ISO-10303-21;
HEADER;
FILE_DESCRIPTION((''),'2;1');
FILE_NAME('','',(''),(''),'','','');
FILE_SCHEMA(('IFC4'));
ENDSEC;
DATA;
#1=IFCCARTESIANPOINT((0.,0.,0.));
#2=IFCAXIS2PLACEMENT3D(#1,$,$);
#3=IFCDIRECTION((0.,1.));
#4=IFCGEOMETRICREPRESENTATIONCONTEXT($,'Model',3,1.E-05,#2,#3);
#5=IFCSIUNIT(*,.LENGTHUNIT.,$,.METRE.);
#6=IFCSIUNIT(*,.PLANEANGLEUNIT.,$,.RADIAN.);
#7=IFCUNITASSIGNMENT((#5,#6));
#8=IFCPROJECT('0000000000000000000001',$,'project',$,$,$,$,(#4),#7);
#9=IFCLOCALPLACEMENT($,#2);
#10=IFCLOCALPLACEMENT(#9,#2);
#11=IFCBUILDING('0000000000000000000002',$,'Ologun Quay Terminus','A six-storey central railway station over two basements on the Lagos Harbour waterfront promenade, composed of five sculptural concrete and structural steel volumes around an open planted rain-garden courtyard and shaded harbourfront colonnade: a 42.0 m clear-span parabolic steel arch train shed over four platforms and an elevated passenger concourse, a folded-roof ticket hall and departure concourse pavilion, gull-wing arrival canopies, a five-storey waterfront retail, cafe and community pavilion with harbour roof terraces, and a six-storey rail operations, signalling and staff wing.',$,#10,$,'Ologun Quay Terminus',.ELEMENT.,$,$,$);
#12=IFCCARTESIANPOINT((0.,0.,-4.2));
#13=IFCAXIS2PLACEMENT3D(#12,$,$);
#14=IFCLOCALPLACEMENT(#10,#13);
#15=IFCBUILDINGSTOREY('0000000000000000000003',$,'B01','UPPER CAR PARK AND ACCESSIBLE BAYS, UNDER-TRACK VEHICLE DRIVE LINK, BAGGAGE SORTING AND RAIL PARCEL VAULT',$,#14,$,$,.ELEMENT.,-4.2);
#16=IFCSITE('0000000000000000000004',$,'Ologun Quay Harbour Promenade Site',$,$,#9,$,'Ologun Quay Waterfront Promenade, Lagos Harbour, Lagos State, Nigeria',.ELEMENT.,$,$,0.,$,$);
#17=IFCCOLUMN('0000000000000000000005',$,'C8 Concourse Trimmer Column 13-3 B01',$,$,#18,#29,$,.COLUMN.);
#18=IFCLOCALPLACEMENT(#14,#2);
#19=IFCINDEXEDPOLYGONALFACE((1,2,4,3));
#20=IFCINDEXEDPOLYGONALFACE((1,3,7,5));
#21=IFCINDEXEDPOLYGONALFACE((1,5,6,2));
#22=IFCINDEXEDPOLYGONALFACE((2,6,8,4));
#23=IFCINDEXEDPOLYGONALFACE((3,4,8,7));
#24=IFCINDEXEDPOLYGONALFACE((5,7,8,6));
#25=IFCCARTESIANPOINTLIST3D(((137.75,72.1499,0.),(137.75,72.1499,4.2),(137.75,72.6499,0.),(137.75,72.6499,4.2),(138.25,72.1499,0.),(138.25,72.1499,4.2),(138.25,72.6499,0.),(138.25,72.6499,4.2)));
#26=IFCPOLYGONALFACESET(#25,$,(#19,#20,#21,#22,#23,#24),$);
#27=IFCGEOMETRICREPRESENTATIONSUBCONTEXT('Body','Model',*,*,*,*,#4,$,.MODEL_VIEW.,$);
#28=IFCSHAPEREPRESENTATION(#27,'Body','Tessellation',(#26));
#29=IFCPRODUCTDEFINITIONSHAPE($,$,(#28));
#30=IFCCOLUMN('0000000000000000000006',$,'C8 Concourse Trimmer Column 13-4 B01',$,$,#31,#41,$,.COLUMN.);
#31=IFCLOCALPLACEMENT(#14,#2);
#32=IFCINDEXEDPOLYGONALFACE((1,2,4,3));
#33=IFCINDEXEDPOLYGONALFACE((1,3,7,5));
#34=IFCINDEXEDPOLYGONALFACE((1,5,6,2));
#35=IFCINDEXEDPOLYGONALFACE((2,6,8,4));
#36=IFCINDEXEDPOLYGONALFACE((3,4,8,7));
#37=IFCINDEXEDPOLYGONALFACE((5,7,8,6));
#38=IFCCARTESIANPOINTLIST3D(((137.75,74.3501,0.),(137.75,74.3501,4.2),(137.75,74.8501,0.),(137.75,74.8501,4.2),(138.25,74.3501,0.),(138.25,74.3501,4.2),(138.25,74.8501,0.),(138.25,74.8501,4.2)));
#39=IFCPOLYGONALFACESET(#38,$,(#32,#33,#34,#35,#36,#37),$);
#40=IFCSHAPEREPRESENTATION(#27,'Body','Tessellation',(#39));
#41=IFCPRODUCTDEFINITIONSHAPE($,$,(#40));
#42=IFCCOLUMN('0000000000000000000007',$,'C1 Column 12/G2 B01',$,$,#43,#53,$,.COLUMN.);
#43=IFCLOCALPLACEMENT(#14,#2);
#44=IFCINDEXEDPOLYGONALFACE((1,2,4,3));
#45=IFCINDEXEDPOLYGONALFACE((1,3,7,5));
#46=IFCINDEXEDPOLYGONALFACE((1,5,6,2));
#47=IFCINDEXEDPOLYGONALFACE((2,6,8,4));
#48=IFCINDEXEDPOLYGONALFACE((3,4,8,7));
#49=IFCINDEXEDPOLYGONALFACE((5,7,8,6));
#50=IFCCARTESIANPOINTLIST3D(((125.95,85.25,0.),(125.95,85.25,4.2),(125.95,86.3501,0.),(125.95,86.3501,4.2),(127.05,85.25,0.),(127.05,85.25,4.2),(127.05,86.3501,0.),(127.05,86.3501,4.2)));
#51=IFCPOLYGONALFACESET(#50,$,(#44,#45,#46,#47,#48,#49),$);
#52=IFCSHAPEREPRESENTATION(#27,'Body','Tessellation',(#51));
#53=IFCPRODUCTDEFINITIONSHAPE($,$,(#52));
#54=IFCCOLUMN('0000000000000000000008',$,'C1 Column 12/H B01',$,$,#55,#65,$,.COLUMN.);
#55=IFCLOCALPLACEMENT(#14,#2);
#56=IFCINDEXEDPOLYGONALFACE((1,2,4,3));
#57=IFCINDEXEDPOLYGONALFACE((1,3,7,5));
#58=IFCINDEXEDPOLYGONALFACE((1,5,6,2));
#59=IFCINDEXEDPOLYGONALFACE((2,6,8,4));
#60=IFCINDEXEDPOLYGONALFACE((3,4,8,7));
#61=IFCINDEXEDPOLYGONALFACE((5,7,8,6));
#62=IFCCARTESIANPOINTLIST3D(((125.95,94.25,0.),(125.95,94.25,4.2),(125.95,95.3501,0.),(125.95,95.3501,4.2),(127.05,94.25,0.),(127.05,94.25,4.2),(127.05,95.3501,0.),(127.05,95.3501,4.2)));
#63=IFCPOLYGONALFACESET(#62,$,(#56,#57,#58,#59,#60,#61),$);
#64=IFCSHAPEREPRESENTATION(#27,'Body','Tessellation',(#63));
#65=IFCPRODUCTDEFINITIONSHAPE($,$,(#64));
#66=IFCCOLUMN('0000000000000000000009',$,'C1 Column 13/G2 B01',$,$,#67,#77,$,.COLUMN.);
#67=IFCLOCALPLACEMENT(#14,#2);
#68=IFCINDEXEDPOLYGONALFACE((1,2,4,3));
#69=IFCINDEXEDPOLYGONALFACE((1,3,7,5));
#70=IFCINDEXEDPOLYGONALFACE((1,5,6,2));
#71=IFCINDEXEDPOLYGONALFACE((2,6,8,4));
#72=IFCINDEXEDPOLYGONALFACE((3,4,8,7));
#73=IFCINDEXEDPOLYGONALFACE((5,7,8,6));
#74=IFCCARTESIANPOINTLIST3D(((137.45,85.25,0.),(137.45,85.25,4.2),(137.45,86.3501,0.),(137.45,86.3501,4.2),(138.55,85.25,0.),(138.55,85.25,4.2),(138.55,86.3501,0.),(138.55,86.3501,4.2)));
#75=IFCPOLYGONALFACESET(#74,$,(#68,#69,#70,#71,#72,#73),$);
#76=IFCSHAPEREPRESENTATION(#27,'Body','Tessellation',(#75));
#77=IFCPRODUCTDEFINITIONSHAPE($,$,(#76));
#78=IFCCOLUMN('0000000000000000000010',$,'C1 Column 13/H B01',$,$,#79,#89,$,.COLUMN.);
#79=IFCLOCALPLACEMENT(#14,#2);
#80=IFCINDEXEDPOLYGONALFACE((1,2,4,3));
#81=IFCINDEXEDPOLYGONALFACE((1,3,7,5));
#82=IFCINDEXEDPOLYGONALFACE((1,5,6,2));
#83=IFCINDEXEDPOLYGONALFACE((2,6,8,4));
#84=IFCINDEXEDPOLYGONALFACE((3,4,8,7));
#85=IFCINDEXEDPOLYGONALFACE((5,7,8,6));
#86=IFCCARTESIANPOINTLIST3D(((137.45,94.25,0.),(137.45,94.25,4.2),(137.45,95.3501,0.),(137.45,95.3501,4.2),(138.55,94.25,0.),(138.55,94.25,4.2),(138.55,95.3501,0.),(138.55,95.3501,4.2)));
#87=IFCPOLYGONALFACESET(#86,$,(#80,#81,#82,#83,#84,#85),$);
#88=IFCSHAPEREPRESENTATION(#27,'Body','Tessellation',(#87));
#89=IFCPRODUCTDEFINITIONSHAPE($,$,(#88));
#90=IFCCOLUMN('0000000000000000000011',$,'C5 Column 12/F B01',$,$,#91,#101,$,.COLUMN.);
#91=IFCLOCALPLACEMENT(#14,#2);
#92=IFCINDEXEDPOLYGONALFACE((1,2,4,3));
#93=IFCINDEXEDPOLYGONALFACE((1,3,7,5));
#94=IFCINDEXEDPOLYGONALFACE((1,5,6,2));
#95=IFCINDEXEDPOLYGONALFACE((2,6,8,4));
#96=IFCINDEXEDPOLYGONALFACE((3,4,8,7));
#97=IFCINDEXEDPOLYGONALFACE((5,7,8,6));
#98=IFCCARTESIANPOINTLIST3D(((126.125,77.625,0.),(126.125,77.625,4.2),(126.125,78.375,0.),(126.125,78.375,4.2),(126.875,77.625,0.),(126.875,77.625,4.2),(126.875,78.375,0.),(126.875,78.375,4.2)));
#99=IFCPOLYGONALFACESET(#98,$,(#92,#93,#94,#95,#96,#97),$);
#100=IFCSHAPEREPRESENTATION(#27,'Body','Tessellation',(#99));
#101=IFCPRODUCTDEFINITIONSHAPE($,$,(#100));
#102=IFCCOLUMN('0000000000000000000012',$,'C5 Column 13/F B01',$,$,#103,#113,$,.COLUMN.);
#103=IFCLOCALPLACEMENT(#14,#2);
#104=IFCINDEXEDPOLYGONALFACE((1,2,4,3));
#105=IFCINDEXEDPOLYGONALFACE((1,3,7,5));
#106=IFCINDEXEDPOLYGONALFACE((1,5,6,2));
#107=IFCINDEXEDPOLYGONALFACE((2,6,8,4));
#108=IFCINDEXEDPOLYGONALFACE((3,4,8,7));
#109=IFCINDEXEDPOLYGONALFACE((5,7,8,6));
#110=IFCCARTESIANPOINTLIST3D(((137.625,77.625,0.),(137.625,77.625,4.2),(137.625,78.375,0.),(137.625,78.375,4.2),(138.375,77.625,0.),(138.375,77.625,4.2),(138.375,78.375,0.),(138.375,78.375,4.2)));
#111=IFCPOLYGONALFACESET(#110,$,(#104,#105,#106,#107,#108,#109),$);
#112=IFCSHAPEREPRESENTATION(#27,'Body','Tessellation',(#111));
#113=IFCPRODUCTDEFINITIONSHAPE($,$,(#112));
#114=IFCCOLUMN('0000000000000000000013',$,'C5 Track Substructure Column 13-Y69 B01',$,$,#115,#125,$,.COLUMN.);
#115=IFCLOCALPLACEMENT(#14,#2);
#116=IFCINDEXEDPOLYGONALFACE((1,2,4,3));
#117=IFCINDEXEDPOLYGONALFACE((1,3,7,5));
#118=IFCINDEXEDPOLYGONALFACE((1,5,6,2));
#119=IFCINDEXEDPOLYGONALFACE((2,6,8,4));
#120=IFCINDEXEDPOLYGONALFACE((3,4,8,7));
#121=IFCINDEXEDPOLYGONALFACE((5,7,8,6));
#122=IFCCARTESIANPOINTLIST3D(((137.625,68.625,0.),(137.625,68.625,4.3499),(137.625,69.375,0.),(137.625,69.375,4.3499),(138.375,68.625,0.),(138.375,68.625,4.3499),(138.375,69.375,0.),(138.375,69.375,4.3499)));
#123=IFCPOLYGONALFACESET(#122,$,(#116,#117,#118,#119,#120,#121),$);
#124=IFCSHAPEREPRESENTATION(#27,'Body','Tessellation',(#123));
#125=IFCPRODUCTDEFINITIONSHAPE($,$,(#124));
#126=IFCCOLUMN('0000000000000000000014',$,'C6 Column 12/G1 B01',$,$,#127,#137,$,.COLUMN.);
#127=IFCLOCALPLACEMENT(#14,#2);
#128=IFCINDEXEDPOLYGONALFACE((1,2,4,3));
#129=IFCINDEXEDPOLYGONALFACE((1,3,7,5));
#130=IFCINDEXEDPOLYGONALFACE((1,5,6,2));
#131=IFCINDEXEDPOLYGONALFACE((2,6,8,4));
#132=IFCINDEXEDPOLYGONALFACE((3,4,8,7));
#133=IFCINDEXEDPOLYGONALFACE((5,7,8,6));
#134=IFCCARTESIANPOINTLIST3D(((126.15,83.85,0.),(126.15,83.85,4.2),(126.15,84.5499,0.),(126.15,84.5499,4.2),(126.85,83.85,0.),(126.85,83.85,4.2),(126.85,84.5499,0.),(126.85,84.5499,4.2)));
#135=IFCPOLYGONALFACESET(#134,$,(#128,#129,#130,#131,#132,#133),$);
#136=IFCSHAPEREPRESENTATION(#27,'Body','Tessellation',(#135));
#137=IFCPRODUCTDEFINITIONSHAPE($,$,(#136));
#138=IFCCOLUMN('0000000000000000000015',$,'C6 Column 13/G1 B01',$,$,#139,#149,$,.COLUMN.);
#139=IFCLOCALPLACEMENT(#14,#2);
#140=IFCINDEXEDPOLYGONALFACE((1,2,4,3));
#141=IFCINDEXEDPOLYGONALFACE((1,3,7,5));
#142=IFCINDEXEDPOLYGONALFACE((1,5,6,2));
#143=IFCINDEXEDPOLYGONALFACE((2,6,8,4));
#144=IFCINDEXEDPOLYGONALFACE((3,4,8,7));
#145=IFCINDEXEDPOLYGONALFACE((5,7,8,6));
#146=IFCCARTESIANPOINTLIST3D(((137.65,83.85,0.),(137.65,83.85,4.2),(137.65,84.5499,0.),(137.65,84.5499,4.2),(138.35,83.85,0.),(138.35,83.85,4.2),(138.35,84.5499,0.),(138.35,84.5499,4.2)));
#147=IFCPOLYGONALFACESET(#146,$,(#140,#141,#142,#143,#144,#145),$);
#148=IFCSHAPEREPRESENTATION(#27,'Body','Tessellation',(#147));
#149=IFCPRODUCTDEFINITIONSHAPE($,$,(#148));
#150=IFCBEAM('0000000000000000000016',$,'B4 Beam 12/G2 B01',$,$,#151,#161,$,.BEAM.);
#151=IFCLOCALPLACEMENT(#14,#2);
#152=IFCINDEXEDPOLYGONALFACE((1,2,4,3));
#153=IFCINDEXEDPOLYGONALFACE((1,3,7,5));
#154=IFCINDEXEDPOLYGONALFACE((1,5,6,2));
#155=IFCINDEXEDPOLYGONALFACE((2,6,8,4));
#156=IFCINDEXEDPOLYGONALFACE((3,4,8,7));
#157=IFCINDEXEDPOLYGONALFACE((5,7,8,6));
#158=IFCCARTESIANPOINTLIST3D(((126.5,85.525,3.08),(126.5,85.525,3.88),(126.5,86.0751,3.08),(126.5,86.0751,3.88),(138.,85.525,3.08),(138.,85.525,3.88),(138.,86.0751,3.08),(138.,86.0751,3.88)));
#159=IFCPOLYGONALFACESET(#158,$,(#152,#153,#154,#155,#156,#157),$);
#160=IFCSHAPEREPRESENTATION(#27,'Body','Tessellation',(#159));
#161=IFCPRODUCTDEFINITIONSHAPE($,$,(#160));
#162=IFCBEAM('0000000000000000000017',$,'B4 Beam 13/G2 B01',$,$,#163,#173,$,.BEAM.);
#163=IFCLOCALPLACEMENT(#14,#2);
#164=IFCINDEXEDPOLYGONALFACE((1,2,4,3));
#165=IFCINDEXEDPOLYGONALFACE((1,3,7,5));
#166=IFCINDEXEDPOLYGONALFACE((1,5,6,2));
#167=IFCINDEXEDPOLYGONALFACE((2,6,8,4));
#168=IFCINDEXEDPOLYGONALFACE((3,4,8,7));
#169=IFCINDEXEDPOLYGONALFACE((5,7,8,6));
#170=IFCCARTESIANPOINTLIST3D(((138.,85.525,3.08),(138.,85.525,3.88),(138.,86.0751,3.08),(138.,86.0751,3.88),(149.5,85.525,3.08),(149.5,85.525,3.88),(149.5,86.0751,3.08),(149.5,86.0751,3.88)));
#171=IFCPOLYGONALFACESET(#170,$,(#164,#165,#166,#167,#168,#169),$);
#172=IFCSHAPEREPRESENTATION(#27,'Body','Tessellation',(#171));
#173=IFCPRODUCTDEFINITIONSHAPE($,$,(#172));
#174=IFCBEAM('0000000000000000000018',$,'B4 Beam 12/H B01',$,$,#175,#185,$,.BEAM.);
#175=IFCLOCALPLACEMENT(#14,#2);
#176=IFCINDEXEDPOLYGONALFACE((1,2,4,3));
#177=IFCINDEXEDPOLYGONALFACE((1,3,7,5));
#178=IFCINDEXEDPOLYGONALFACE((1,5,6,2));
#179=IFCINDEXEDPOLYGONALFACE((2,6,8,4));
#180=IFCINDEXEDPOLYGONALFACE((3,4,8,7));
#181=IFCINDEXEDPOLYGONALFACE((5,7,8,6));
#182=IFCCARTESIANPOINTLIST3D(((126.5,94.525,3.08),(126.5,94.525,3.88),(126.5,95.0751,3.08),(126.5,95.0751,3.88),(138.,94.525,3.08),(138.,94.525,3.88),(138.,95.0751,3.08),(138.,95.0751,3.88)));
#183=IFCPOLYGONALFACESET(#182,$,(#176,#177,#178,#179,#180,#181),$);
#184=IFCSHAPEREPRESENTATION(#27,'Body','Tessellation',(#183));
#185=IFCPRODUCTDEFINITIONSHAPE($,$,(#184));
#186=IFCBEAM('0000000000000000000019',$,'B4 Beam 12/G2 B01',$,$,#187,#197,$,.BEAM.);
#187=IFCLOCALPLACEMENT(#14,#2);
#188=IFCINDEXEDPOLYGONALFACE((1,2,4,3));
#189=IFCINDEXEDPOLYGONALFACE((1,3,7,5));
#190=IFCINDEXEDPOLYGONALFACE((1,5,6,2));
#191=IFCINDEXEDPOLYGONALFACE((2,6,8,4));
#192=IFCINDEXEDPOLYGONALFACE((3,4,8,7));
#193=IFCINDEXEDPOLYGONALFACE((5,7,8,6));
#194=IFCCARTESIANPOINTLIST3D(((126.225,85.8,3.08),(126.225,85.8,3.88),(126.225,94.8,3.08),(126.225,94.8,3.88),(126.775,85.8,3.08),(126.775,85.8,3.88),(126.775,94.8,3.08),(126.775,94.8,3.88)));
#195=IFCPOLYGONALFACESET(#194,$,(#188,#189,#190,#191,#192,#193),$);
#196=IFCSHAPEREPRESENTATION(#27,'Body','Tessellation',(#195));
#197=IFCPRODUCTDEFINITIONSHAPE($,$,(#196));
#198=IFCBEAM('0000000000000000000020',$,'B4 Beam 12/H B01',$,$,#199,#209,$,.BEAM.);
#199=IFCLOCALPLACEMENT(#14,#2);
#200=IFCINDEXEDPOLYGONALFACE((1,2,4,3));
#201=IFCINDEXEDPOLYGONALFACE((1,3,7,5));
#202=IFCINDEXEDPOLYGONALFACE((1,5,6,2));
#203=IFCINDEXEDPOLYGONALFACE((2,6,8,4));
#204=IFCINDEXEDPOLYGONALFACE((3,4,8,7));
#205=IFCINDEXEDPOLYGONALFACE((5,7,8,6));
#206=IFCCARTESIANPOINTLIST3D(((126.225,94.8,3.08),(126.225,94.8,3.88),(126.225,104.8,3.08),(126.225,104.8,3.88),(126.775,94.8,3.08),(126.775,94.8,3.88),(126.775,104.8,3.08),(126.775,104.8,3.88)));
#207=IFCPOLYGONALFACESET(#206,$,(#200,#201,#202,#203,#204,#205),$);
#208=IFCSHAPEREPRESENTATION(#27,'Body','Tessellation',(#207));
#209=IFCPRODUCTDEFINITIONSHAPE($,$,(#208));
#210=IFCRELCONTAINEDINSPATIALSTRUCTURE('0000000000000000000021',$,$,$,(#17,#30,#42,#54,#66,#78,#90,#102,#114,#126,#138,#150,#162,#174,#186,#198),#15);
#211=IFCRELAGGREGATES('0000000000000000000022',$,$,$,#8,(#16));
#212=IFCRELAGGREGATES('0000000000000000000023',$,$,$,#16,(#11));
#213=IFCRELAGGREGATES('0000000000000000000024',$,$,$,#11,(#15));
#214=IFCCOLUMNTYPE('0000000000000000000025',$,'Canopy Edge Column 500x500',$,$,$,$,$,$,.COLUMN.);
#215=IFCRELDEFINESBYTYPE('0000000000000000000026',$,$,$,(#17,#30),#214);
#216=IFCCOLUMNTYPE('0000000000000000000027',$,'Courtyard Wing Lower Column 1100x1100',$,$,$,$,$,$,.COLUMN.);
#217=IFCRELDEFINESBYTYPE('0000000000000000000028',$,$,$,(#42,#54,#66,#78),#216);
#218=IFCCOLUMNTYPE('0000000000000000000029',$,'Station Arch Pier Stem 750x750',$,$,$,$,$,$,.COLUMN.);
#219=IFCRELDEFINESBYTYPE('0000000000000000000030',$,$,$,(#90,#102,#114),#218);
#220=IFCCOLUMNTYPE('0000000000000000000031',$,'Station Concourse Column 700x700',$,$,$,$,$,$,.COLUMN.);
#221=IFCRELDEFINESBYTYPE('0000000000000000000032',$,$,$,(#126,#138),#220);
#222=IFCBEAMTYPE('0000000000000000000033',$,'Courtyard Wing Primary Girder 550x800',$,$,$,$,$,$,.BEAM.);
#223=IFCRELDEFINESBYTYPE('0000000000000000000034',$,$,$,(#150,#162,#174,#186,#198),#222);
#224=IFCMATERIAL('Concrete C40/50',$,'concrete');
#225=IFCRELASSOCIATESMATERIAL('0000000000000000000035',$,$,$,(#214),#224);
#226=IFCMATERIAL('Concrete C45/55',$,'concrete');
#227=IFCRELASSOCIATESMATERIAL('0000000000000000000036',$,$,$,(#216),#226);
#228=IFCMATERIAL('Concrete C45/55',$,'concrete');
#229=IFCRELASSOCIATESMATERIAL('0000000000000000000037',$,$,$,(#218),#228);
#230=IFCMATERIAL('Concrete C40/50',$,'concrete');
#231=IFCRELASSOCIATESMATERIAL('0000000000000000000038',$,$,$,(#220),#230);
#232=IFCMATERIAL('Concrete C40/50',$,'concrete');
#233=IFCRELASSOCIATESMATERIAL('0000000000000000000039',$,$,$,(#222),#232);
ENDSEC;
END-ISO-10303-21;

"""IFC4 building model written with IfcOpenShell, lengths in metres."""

from ifc_helpers import new_model, si_unit, direction, frame, origin, origin_2d, place, context, subcontext, project, spatial, rectangle, extrude, material, material_profile, profile_set, type_object, element, save


model = new_model("IFC4")

# Units and contexts
model_context = context("Model", 3, precision=1e-05, world=origin(), true_north=direction((0.0, 1.0)))
body_context = subcontext(model_context, "Body", "Model", "MODEL_VIEW")
ifc_project = project(units=[si_unit("LENGTHUNIT", "METRE"), si_unit("PLANEANGLEUNIT", "RADIAN")], contexts=[model_context])

# Site, building, storey
site_placement = place(None, origin())
site = spatial("IfcSite", under=ifc_project, at=site_placement, Name="Ologun Quay Harbour Promenade Site", LongName="Ologun Quay Waterfront Promenade, Lagos Harbour, Lagos State, Nigeria", CompositionType="ELEMENT", RefElevation=0.0)
building_placement = place(site_placement, origin())
building = spatial("IfcBuilding", under=site, at=building_placement, Name="Ologun Quay Terminus", Description="A six-storey central railway station over two basements on the Lagos Harbour waterfront promenade, composed of five sculptural concrete and structural steel volumes around an open planted rain-garden courtyard and shaded harbourfront colonnade: a 42.0 m clear-span parabolic steel arch train shed over four platforms and an elevated passenger concourse, a folded-roof ticket hall and departure concourse pavilion, gull-wing arrival canopies, a five-storey waterfront retail, cafe and community pavilion with harbour roof terraces, and a six-storey rail operations, signalling and staff wing.", LongName="Ologun Quay Terminus", CompositionType="ELEMENT")
storey_placement = place(building_placement, frame((0.0, 0.0, -4.2)))
storey = spatial("IfcBuildingStorey", under=building, at=storey_placement, Name="B01", Description="UPPER CAR PARK AND ACCESSIBLE BAYS, UNDER-TRACK VEHICLE DRIVE LINK, BAGGAGE SORTING AND RAIL PARCEL VAULT", CompositionType="ELEMENT", Elevation=-4.2)

# Columns
ifc_material_1 = material(Name="Concrete C40/50", Category="concrete")
ifc_material_profile_1 = material_profile(ifc_material_1, rectangle(XDim=0.5, YDim=0.5, at=origin_2d()), Name="RC 500x500")
ifc_profile_set_1 = profile_set([ifc_material_profile_1], Name="Concrete C40/50")
column_type_1 = type_object("IfcColumnType", Name="Canopy Edge Column 500x500", PredefinedType="COLUMN", material=ifc_profile_set_1)
for number, where, z_axis, x_axis, name in (
    (1, (138.0, 72.3999, 0.0), (0.0, 0.0, 1.0), (1.0, 0.0, 0.0), "C8 Concourse Trimmer Column 13-3 B01"),
    (2, (138.0, 74.6001, 0.0), (0.0, 0.0, 1.0), (1.0, 0.0, 0.0), "C8 Concourse Trimmer Column 13-4 B01"),
):
    element("IfcColumn", number, at=place(storey_placement, frame(where, z_axis=z_axis, x_axis=x_axis)), inside=storey, type_object=column_type_1, Name=name, PredefinedType="COLUMN", context=body_context, shape_type="SweptSolid", body=[
        extrude(rectangle(XDim=0.5, YDim=0.5, at=origin_2d()), origin(), (0.0, 0.0, 1.0), 4.2),
    ])
ifc_material_2 = material(Name="Concrete C45/55", Category="concrete")
ifc_material_profile_2 = material_profile(ifc_material_2, rectangle(XDim=1.1001, YDim=1.1001, at=origin_2d()), Name="RC 1100x1100")
ifc_profile_set_2 = profile_set([ifc_material_profile_2], Name="Concrete C45/55")
column_type_2 = type_object("IfcColumnType", Name="Courtyard Wing Lower Column 1100x1100", PredefinedType="COLUMN", material=ifc_profile_set_2)
for number, where, z_axis, x_axis, name in (
    (3, (126.5, 85.8, 0.0), (0.0, 0.0, 1.0), (1.0, 0.0, 0.0), "C1 Column 12/G2 B01"),
    (4, (126.5, 94.8, 0.0), (0.0, 0.0, 1.0), (1.0, 0.0, 0.0), "C1 Column 12/H B01"),
    (5, (138.0, 85.8, 0.0), (0.0, 0.0, 1.0), (1.0, 0.0, 0.0), "C1 Column 13/G2 B01"),
    (6, (138.0, 94.8, 0.0), (0.0, 0.0, 1.0), (1.0, 0.0, 0.0), "C1 Column 13/H B01"),
):
    element("IfcColumn", number, at=place(storey_placement, frame(where, z_axis=z_axis, x_axis=x_axis)), inside=storey, type_object=column_type_2, Name=name, PredefinedType="COLUMN", context=body_context, shape_type="SweptSolid", body=[
        extrude(rectangle(XDim=1.1001, YDim=1.1001, at=origin_2d()), origin(), (0.0, 0.0, 1.0), 4.2),
    ])
ifc_material_3 = material(Name="Concrete C45/55", Category="concrete")
ifc_material_profile_3 = material_profile(ifc_material_3, rectangle(XDim=0.75, YDim=0.75, at=origin_2d()), Name="RC 750x750")
ifc_profile_set_3 = profile_set([ifc_material_profile_3], Name="Concrete C45/55")
column_type_3 = type_object("IfcColumnType", Name="Station Arch Pier Stem 750x750", PredefinedType="COLUMN", material=ifc_profile_set_3)
for number, where, z_axis, x_axis, name in (
    (7, (126.5, 78.0, 0.0), (0.0, 0.0, 1.0), (1.0, 0.0, 0.0), "C5 Column 12/F B01"),
    (8, (138.0, 78.0, 0.0), (0.0, 0.0, 1.0), (1.0, 0.0, 0.0), "C5 Column 13/F B01"),
):
    element("IfcColumn", number, at=place(storey_placement, frame(where, z_axis=z_axis, x_axis=x_axis)), inside=storey, type_object=column_type_3, Name=name, PredefinedType="COLUMN", context=body_context, shape_type="SweptSolid", body=[
        extrude(rectangle(XDim=0.75, YDim=0.75, at=origin_2d()), origin(), (0.0, 0.0, 1.0), 4.2),
    ])
column_placement = place(storey_placement, frame((138.0, 69.0, 0.0), z_axis=(0.0, 0.0, 1.0), x_axis=(1.0, 0.0, 0.0)))
element("IfcColumn", 9, at=column_placement, inside=storey, type_object=column_type_3, Name="C5 Track Substructure Column 13-Y69 B01", PredefinedType="COLUMN", context=body_context, shape_type="SweptSolid", body=[
    extrude(rectangle(XDim=0.75, YDim=0.75, at=origin_2d()), origin(), (0.0, 0.0, 1.0), 4.3499),
])
ifc_material_4 = material(Name="Concrete C40/50", Category="concrete")
ifc_material_profile_4 = material_profile(ifc_material_4, rectangle(XDim=0.7, YDim=0.7, at=origin_2d()), Name="RC 700x700")
ifc_profile_set_4 = profile_set([ifc_material_profile_4], Name="Concrete C40/50")
column_type_4 = type_object("IfcColumnType", Name="Station Concourse Column 700x700", PredefinedType="COLUMN", material=ifc_profile_set_4)
for number, where, z_axis, x_axis, name in (
    (10, (126.5, 84.2, 0.0), (0.0, 0.0, 1.0), (1.0, 0.0, 0.0), "C6 Column 12/G1 B01"),
    (11, (138.0, 84.2, 0.0), (0.0, 0.0, 1.0), (1.0, 0.0, 0.0), "C6 Column 13/G1 B01"),
):
    element("IfcColumn", number, at=place(storey_placement, frame(where, z_axis=z_axis, x_axis=x_axis)), inside=storey, type_object=column_type_4, Name=name, PredefinedType="COLUMN", context=body_context, shape_type="SweptSolid", body=[
        extrude(rectangle(XDim=0.7, YDim=0.7, at=origin_2d()), origin(), (0.0, 0.0, 1.0), 4.2),
    ])

# Beams
ifc_material_5 = material(Name="Concrete C40/50", Category="concrete")
ifc_material_profile_5 = material_profile(ifc_material_5, rectangle(XDim=0.55, YDim=0.8, at=origin_2d()), Name="RC 550x800")
ifc_profile_set_5 = profile_set([ifc_material_profile_5], Name="Concrete C40/50")
beam_type_1 = type_object("IfcBeamType", Name="Courtyard Wing Primary Girder 550x800", PredefinedType="BEAM", material=ifc_profile_set_5)
for number, where, z_axis, x_axis, name in (
    (12, (126.5, 85.8, 3.48), (1.0, 0.0, 0.0), (0.0, 1.0, 0.0), "B4 Beam 12/G2 B01"),
    (13, (138.0, 85.8, 3.48), (1.0, 0.0, 0.0), (0.0, 1.0, 0.0), "B4 Beam 13/G2 B01"),
    (14, (126.5, 94.8, 3.48), (1.0, 0.0, 0.0), (0.0, 1.0, 0.0), "B4 Beam 12/H B01"),
):
    element("IfcBeam", number, at=place(storey_placement, frame(where, z_axis=z_axis, x_axis=x_axis)), inside=storey, type_object=beam_type_1, Name=name, PredefinedType="BEAM", context=body_context, shape_type="SweptSolid", body=[
        extrude(rectangle(XDim=0.55, YDim=0.8, at=origin_2d()), origin(), (0.0, 0.0, 1.0), 11.5),
    ])
beam_1_placement = place(storey_placement, frame((126.5, 85.8, 3.48), z_axis=(0.0, 1.0, 0.0), x_axis=(-1.0, 0.0, 0.0)))
element("IfcBeam", 15, at=beam_1_placement, inside=storey, type_object=beam_type_1, Name="B4 Beam 12/G2 B01", PredefinedType="BEAM", context=body_context, shape_type="SweptSolid", body=[
    extrude(rectangle(XDim=0.55, YDim=0.8, at=origin_2d()), origin(), (0.0, 0.0, 1.0), 9.0),
])
beam_2_placement = place(storey_placement, frame((126.5, 94.8, 3.48), z_axis=(0.0, 1.0, 0.0), x_axis=(-1.0, 0.0, 0.0)))
element("IfcBeam", 16, at=beam_2_placement, inside=storey, type_object=beam_type_1, Name="B4 Beam 12/H B01", PredefinedType="BEAM", context=body_context, shape_type="SweptSolid", body=[
    extrude(rectangle(XDim=0.55, YDim=0.8, at=origin_2d()), origin(), (0.0, 0.0, 1.0), 10.0),
])

save(model, "model.ifc")
